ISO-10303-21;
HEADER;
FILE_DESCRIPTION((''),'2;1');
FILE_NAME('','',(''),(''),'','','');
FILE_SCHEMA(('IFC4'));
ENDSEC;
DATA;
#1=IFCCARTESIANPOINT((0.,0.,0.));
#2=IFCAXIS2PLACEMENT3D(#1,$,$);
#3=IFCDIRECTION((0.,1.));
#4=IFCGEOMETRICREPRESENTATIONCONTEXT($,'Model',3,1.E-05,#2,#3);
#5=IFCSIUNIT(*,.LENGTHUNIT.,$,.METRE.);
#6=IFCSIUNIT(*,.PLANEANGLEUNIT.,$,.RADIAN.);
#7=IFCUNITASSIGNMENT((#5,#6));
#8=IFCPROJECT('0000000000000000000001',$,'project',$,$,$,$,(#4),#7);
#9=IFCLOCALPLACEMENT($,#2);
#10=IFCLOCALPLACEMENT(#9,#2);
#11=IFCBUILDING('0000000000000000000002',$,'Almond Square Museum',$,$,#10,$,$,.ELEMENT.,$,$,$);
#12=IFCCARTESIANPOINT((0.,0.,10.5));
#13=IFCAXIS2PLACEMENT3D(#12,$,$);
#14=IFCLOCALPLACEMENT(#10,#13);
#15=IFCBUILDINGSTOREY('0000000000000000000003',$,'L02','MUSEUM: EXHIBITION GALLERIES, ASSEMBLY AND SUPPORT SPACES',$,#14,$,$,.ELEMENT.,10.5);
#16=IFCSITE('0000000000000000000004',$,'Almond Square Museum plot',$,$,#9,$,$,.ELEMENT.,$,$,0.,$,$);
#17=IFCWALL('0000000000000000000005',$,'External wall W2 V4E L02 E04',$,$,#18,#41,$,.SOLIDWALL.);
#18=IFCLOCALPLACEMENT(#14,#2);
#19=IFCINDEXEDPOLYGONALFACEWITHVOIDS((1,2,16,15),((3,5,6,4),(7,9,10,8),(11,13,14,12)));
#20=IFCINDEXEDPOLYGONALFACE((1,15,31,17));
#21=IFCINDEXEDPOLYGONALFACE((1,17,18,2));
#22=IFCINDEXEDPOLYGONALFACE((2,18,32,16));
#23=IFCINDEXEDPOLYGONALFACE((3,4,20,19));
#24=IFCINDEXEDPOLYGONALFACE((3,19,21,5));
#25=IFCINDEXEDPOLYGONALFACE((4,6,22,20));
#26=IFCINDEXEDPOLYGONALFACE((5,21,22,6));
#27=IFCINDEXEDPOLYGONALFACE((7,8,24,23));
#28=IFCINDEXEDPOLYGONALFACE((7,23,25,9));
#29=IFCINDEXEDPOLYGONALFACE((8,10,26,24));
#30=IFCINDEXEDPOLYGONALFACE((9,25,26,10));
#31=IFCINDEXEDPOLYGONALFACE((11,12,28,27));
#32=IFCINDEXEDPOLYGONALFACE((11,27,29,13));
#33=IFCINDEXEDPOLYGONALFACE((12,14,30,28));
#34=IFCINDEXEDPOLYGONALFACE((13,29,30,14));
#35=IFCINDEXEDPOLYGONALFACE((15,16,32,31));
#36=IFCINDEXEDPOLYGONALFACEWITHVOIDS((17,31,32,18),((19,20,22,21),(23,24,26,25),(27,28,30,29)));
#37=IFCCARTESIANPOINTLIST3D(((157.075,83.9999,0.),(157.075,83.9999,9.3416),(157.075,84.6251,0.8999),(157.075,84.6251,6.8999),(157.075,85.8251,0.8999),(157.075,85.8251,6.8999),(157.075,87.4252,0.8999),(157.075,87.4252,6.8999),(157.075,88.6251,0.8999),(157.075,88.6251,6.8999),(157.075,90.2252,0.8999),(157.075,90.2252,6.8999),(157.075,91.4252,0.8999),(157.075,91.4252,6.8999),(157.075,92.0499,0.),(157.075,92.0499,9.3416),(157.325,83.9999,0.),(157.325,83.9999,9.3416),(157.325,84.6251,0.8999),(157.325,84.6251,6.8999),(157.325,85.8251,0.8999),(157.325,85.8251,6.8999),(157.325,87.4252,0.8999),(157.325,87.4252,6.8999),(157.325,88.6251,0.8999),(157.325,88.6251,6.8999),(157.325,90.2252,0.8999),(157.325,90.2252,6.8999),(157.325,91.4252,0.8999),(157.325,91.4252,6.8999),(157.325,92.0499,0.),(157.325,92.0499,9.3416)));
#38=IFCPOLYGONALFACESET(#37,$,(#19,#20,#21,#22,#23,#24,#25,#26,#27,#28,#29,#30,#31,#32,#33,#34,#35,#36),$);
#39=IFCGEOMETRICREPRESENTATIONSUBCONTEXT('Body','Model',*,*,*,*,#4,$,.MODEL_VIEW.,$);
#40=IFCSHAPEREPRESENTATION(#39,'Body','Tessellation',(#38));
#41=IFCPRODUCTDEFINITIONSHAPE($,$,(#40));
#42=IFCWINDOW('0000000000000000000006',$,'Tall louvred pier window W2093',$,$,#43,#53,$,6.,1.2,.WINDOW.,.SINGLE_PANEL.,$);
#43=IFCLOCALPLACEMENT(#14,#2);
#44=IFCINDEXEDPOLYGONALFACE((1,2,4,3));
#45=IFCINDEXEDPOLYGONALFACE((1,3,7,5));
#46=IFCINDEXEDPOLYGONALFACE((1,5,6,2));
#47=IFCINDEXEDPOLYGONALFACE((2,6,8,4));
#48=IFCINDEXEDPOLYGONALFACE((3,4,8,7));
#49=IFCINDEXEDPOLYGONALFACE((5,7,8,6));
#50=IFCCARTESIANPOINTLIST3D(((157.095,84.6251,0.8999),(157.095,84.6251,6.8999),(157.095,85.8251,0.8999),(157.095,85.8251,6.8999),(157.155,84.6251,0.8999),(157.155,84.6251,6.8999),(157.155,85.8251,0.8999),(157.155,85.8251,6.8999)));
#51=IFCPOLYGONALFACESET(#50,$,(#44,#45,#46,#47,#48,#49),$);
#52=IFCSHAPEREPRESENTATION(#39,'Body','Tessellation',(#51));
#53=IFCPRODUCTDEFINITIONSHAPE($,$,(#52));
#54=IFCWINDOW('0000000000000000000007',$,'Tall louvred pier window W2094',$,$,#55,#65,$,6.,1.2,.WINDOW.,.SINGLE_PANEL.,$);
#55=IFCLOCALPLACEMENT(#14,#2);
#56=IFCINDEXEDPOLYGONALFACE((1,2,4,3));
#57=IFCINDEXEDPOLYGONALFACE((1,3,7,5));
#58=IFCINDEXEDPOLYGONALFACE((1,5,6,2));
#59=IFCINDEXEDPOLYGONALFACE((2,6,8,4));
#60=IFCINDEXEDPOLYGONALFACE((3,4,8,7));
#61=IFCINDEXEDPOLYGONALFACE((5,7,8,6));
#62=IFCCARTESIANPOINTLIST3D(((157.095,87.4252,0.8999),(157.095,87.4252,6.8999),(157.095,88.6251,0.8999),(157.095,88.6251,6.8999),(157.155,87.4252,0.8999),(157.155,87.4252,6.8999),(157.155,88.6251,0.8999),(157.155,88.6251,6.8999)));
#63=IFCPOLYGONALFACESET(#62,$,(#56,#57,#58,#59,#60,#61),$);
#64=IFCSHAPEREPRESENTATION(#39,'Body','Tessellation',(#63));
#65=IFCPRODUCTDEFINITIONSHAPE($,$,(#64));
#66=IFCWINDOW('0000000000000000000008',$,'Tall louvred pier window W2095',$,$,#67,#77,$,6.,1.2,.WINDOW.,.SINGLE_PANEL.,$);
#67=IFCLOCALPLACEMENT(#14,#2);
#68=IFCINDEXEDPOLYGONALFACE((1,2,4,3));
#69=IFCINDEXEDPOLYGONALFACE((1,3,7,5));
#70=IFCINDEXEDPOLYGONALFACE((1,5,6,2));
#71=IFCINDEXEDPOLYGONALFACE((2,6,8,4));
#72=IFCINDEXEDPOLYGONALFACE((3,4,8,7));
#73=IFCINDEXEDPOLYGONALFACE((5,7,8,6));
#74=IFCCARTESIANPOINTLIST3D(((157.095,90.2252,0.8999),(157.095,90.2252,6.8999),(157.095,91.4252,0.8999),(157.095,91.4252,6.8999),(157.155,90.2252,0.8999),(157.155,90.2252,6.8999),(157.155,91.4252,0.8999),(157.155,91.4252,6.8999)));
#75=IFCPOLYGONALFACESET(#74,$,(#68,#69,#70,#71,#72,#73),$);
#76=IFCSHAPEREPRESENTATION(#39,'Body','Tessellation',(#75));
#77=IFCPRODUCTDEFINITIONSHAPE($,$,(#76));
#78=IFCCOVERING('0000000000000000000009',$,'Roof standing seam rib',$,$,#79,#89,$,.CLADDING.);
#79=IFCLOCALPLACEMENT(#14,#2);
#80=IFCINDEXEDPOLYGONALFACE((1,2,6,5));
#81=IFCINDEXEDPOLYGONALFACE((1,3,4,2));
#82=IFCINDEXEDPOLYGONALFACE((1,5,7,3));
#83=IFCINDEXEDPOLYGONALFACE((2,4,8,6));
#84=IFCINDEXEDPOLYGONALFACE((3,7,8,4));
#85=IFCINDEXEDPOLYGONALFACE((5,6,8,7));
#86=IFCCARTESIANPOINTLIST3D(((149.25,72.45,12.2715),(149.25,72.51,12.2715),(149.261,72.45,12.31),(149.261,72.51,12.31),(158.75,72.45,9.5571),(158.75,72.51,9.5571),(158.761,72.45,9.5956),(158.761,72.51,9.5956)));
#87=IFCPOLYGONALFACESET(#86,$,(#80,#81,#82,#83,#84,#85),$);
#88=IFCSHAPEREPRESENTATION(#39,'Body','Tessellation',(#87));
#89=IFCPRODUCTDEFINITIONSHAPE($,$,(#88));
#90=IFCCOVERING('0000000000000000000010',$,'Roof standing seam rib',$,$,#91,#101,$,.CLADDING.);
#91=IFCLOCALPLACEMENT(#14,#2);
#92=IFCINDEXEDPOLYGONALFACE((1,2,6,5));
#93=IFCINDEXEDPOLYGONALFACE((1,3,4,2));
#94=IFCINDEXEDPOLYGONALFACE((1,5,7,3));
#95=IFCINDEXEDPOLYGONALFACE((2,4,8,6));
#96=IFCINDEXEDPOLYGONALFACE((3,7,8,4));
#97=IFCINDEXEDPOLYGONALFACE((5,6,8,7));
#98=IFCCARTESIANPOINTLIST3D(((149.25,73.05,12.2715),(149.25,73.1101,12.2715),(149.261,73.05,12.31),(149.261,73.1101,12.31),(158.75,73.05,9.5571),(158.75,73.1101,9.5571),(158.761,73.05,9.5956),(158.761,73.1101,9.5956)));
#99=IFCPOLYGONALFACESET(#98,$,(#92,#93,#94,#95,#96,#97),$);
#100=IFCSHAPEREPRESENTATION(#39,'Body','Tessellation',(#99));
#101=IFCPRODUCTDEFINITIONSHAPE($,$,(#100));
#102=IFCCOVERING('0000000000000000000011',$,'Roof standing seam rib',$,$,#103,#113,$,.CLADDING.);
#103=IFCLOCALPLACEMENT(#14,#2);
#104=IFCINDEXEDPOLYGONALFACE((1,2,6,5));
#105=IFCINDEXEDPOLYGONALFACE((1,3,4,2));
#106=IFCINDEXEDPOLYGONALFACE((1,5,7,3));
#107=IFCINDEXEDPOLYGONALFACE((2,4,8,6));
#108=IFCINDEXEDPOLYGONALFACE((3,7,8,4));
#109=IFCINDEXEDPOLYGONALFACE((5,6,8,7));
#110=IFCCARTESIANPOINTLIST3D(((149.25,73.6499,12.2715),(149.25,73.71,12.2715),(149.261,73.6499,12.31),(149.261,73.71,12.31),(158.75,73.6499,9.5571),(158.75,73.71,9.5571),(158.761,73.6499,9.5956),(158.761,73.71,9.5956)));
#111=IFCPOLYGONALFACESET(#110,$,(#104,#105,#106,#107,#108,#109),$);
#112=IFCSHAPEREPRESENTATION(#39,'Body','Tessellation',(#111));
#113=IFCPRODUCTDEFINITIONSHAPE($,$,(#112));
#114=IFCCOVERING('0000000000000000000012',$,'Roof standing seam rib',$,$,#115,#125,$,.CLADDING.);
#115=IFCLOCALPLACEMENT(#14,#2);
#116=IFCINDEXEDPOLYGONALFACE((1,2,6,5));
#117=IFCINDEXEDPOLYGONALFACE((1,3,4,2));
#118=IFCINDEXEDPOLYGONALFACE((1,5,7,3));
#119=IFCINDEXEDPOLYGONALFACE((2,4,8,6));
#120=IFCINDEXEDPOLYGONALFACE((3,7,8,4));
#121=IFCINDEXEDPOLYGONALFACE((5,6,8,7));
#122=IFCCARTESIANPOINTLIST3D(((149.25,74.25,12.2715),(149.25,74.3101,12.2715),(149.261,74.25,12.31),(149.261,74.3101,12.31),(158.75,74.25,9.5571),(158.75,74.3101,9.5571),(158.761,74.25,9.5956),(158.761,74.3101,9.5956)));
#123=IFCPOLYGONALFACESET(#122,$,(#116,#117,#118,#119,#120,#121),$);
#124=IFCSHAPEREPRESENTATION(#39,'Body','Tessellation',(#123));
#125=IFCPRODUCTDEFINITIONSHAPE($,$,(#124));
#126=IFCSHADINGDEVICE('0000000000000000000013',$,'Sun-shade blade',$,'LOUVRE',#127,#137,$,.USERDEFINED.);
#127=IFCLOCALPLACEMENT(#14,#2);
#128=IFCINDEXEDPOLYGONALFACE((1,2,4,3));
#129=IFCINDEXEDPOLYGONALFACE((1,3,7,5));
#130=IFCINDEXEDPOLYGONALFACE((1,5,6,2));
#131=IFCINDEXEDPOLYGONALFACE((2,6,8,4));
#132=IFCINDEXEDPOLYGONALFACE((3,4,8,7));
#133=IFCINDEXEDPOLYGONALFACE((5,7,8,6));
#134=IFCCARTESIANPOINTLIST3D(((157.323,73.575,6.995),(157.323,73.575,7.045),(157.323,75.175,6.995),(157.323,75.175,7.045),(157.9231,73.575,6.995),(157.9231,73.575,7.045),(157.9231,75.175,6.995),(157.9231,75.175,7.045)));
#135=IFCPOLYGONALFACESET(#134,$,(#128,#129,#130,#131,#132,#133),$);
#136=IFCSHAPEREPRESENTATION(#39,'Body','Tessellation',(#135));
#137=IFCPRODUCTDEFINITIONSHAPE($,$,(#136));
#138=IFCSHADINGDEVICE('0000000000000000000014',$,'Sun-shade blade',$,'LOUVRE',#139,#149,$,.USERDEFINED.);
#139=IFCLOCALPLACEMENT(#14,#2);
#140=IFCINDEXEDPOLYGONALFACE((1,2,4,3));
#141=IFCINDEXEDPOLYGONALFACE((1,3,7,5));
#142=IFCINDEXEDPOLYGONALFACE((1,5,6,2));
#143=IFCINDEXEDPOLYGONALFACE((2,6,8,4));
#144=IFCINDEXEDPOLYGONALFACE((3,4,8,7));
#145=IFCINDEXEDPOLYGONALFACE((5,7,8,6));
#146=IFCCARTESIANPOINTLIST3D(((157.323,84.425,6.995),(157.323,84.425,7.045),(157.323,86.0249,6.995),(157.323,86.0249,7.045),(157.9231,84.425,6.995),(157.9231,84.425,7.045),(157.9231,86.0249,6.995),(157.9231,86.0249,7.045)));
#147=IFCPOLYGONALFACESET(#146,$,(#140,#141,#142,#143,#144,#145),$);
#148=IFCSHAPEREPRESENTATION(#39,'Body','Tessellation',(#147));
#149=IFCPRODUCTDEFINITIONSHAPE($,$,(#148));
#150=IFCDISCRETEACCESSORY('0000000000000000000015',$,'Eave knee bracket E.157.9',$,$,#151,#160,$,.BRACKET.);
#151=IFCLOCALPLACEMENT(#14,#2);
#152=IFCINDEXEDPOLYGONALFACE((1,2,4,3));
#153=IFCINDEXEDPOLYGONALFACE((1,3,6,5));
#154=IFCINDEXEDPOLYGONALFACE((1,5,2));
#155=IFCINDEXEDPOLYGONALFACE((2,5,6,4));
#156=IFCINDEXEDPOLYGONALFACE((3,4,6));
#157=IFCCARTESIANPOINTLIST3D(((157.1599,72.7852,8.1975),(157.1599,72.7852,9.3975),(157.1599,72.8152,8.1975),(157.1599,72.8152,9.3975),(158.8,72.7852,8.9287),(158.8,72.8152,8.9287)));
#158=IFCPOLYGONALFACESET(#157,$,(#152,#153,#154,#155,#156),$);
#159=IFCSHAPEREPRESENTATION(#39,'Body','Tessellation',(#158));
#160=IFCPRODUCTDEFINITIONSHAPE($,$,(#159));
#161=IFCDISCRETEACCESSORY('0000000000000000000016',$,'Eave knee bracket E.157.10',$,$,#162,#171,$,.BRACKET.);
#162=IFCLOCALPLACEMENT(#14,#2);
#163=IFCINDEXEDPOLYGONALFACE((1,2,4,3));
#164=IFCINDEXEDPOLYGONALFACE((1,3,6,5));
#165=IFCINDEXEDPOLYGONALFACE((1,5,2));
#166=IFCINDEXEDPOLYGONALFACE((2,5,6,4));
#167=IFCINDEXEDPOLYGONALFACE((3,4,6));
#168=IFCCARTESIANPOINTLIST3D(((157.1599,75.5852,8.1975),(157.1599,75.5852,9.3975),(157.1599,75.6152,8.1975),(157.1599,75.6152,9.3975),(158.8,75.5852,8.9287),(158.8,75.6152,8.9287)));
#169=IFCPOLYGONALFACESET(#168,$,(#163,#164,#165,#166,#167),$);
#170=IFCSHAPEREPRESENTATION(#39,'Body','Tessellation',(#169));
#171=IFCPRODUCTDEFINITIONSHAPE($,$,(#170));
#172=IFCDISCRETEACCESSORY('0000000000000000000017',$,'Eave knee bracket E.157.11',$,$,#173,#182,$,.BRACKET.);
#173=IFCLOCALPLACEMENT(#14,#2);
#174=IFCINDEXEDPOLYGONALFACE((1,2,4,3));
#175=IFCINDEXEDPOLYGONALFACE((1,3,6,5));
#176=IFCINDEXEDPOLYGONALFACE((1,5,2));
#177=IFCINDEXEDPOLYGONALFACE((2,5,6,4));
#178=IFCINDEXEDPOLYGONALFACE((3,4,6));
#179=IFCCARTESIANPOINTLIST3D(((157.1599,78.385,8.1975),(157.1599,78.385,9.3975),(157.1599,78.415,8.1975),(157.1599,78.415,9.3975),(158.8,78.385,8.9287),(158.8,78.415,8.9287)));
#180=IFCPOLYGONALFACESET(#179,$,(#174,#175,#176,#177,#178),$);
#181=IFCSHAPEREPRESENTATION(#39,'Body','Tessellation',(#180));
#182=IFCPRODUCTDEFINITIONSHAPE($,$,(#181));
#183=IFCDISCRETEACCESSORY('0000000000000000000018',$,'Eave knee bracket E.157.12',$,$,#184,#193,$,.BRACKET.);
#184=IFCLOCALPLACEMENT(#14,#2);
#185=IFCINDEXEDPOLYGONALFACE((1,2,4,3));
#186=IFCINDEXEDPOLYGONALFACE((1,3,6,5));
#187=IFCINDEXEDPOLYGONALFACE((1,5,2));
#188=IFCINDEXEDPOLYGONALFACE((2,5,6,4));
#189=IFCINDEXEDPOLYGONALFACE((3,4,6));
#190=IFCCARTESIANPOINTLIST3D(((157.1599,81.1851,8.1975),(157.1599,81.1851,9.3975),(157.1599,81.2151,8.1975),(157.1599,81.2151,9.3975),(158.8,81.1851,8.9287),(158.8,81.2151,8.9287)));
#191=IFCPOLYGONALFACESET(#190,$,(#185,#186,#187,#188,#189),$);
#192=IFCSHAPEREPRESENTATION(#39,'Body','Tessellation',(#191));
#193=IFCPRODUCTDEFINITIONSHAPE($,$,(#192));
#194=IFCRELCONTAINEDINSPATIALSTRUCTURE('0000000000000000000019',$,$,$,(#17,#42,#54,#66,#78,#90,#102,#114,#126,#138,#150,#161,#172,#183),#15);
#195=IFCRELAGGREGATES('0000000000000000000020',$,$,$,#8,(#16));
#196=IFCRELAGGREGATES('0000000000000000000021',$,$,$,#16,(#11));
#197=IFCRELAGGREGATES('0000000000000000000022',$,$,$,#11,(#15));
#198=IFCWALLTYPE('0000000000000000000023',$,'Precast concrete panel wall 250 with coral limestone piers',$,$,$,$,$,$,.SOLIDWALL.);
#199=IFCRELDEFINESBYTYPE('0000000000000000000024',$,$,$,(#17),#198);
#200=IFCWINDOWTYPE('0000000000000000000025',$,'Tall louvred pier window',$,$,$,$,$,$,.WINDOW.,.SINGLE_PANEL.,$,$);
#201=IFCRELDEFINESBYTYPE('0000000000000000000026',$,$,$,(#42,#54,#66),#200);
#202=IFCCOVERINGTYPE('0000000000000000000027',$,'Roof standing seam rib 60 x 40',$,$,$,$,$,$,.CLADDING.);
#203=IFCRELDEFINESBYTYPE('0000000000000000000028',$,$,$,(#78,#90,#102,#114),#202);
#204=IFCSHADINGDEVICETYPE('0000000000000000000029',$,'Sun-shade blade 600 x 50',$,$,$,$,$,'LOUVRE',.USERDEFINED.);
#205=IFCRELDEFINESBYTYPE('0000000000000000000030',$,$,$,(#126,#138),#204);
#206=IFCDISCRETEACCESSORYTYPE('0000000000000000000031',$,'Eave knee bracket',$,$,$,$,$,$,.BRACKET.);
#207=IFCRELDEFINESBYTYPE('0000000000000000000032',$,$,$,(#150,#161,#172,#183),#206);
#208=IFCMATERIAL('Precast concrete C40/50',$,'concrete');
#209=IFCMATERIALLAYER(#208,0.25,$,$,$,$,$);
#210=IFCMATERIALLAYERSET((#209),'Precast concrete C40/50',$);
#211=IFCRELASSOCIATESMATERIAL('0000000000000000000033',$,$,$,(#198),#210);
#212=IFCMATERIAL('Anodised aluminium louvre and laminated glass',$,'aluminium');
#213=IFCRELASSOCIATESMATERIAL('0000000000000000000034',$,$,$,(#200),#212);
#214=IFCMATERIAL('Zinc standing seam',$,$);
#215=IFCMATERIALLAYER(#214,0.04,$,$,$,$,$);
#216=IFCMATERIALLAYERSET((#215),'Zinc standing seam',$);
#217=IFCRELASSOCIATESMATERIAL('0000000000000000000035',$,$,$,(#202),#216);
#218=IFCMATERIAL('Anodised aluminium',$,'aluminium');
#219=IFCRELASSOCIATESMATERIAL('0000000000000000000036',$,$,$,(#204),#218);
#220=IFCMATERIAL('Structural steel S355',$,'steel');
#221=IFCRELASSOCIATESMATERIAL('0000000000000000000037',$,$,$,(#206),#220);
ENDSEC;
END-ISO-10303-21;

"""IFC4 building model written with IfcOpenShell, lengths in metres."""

from ifc_helpers import new_model, si_unit, direction, frame, frame_2d, origin, origin_2d, place, context, subcontext, project, spatial, polyline, rectangle, outline, extrude, material, layer, layer_set, material_profile, profile_set, type_object, element, fill, save


model = new_model("IFC4")

# Units and contexts
model_context = context("Model", 3, precision=1e-05, world=origin(), true_north=direction((0.0, 1.0)))
body_context = subcontext(model_context, "Body", "Model", "MODEL_VIEW")
ifc_project = project(units=[si_unit("LENGTHUNIT", "METRE"), si_unit("PLANEANGLEUNIT", "RADIAN")], contexts=[model_context])

# Site, building, storey
site_placement = place(None, origin())
site = spatial("IfcSite", under=ifc_project, at=site_placement, Name="Almond Square Museum plot", CompositionType="ELEMENT", RefElevation=0.0)
building_placement = place(site_placement, origin())
building = spatial("IfcBuilding", under=site, at=building_placement, Name="Almond Square Museum", CompositionType="ELEMENT")
storey_placement = place(building_placement, frame((0.0, 0.0, 10.5)))
storey = spatial("IfcBuildingStorey", under=building, at=storey_placement, Name="L02", Description="MUSEUM: EXHIBITION GALLERIES, ASSEMBLY AND SUPPORT SPACES", CompositionType="ELEMENT", Elevation=10.5)

# Wall, openings, windows
ifc_material_1 = material(Name="Precast concrete C40/50", Category="concrete")
ifc_layer_1 = layer(ifc_material_1, 0.25)
ifc_layer_set_1 = layer_set([ifc_layer_1], Name="Precast concrete C40/50")
wall_type = type_object("IfcWallType", Name="Precast concrete panel wall 250 with coral limestone piers", PredefinedType="SOLIDWALL", material=ifc_layer_set_1)
wall_placement = place(storey_placement, frame((157.2, 84.0, 0.0), z_axis=(0.0, 0.0, 1.0), x_axis=(0.0, 1.0, 0.0)))
wall = element("IfcWall", 1, at=wall_placement, inside=storey, type_object=wall_type, Name="External wall W2 V4E L02 E04", PredefinedType="SOLIDWALL", context=body_context, shape_type="SweptSolid", body=[
    extrude(rectangle(XDim=8.05, YDim=0.25, at=frame_2d((4.0249, 0.0))), origin(), (0.0, 0.0, 1.0), 9.3416),
])
opening_1_placement = place(wall_placement, frame((0.625, 0.0, 0.8999)))
opening_1 = element("IfcOpeningElement", 2, at=opening_1_placement, cuts=wall, PredefinedType="OPENING", context=body_context, shape_type="SweptSolid", body=[
    extrude(rectangle(XDim=1.2, YDim=6.0, at=frame_2d((0.6001, 3.0))), frame((0.0, 0.135, 0.0), z_axis=(0.0, -1.0, 0.0), x_axis=(1.0, 0.0, 0.0)), (0.0, 0.0, 1.0), 0.27),
])
opening_2_placement = place(wall_placement, frame((3.425, 0.0, 0.8999)))
opening_2 = element("IfcOpeningElement", 3, at=opening_2_placement, cuts=wall, PredefinedType="OPENING", context=body_context, shape_type="SweptSolid", body=[
    extrude(rectangle(XDim=1.2, YDim=6.0, at=frame_2d((0.6001, 3.0))), frame((0.0, 0.135, 0.0), z_axis=(0.0, -1.0, 0.0), x_axis=(1.0, 0.0, 0.0)), (0.0, 0.0, 1.0), 0.27),
])
opening_3_placement = place(wall_placement, frame((6.2251, 0.0, 0.8999)))
opening_3 = element("IfcOpeningElement", 4, at=opening_3_placement, cuts=wall, PredefinedType="OPENING", context=body_context, shape_type="SweptSolid", body=[
    extrude(rectangle(XDim=1.2, YDim=6.0, at=frame_2d((0.6001, 3.0))), frame((0.0, 0.135, 0.0), z_axis=(0.0, -1.0, 0.0), x_axis=(1.0, 0.0, 0.0)), (0.0, 0.0, 1.0), 0.27),
])
ifc_material_2 = material(Name="Anodised aluminium louvre and laminated glass", Category="aluminium")
window_type = type_object("IfcWindowType", Name="Tall louvred pier window", PartitioningType="SINGLE_PANEL", PredefinedType="WINDOW", material=ifc_material_2)
window_1_placement = place(opening_1_placement, origin())
window_1 = element("IfcWindow", 5, at=window_1_placement, inside=storey, type_object=window_type, Name="Tall louvred pier window W2093", OverallHeight=6.0, OverallWidth=1.2, PartitioningType="SINGLE_PANEL", PredefinedType="WINDOW", context=body_context, shape_type="SweptSolid", body=[
    extrude(rectangle(XDim=1.2, YDim=6.0, at=frame_2d((0.6001, 3.0))), frame((0.0, 0.105, 0.0), z_axis=(0.0, -1.0, 0.0), x_axis=(1.0, 0.0, 0.0)), (0.0, 0.0, 1.0), 0.0601),
])
fill(opening_1, window_1)
window_2_placement = place(opening_2_placement, origin())
window_2 = element("IfcWindow", 6, at=window_2_placement, inside=storey, type_object=window_type, Name="Tall louvred pier window W2094", OverallHeight=6.0, OverallWidth=1.2, PartitioningType="SINGLE_PANEL", PredefinedType="WINDOW", context=body_context, shape_type="SweptSolid", body=[
    extrude(rectangle(XDim=1.2, YDim=6.0, at=frame_2d((0.6001, 3.0))), frame((0.0, 0.105, 0.0), z_axis=(0.0, -1.0, 0.0), x_axis=(1.0, 0.0, 0.0)), (0.0, 0.0, 1.0), 0.0601),
])
fill(opening_2, window_2)
window_3_placement = place(opening_3_placement, origin())
window_3 = element("IfcWindow", 7, at=window_3_placement, inside=storey, type_object=window_type, Name="Tall louvred pier window W2095", OverallHeight=6.0, OverallWidth=1.2, PartitioningType="SINGLE_PANEL", PredefinedType="WINDOW", context=body_context, shape_type="SweptSolid", body=[
    extrude(rectangle(XDim=1.2, YDim=6.0, at=frame_2d((0.6001, 3.0))), frame((0.0, 0.105, 0.0), z_axis=(0.0, -1.0, 0.0), x_axis=(1.0, 0.0, 0.0)), (0.0, 0.0, 1.0), 0.0601),
])
fill(opening_3, window_3)

# Coverings
ifc_material_3 = material(Name="Zinc standing seam")
ifc_layer_2 = layer(ifc_material_3, 0.04)
ifc_layer_set_2 = layer_set([ifc_layer_2], Name="Zinc standing seam")
covering_type = type_object("IfcCoveringType", Name="Roof standing seam rib 60 x 40", PredefinedType="CLADDING", material=ifc_layer_set_2)
for number, where, z_axis, x_axis, name in (
    (8, (158.75, 72.51, 9.5571), (0.274728, 0.0, 0.961522), (-0.961522, 0.0, 0.274728), "Roof standing seam rib"),
    (9, (158.75, 73.1101, 9.5571), (0.274728, 0.0, 0.961522), (-0.961522, 0.0, 0.274728), "Roof standing seam rib"),
    (10, (158.75, 73.71, 9.5571), (0.274728, 0.0, 0.961522), (-0.961522, 0.0, 0.274728), "Roof standing seam rib"),
    (11, (158.75, 74.3101, 9.5571), (0.274728, 0.0, 0.961522), (-0.961522, 0.0, 0.274728), "Roof standing seam rib"),
):
    element("IfcCovering", number, at=place(storey_placement, frame(where, z_axis=z_axis, x_axis=x_axis)), inside=storey, type_object=covering_type, Name=name, PredefinedType="CLADDING", context=body_context, shape_type="SweptSolid", body=[
        extrude(outline(polyline([(0.0, 0.0), (9.8802, 0.0), (9.8802, 0.0601), (0.0, 0.0601), (0.0, 0.0)])), origin(), (0.0, 0.0, 1.0), 0.04),
    ])

# Shading devices
ifc_material_4 = material(Name="Anodised aluminium", Category="aluminium")
ifc_material_profile = material_profile(ifc_material_4, rectangle(XDim=0.6001, YDim=0.05, at=origin_2d()))
ifc_profile_set = profile_set([ifc_material_profile], Name="Anodised aluminium")
shading_device_type = type_object("IfcShadingDeviceType", Name="Sun-shade blade 600 x 50", ElementType="LOUVRE", PredefinedType="USERDEFINED", material=ifc_profile_set)
shading_device_1_placement = place(storey_placement, frame((157.623, 73.575, 7.02), z_axis=(0.0, 1.0, 0.0), x_axis=(-1.0, 0.0, 0.0)))
element("IfcShadingDevice", 12, at=shading_device_1_placement, inside=storey, type_object=shading_device_type, Name="Sun-shade blade", ObjectType="LOUVRE", PredefinedType="USERDEFINED", context=body_context, shape_type="SweptSolid", body=[
    extrude(rectangle(XDim=0.6001, YDim=0.05, at=origin_2d()), origin(), (0.0, 0.0, 1.0), 1.6001),
])
shading_device_2_placement = place(storey_placement, frame((157.623, 84.425, 7.02), z_axis=(0.0, 1.0, 0.0), x_axis=(-1.0, 0.0, 0.0)))
element("IfcShadingDevice", 13, at=shading_device_2_placement, inside=storey, type_object=shading_device_type, Name="Sun-shade blade", ObjectType="LOUVRE", PredefinedType="USERDEFINED", context=body_context, shape_type="SweptSolid", body=[
    extrude(rectangle(XDim=0.6001, YDim=0.05, at=origin_2d()), origin(), (0.0, 0.0, 1.0), 1.5999),
])

# Discrete accessories
ifc_material_5 = material(Name="Structural steel S355", Category="steel")
discrete_accessory_type_1 = type_object("IfcDiscreteAccessoryType", Name="Eave knee bracket", PredefinedType="BRACKET", material=ifc_material_5)
for number, where, z_axis, x_axis, name in (
    (14, (157.1599, 72.8, 9.3975), (0.0, -1.0, 0.0), (0.0, 0.0, -1.0), "Eave knee bracket E.157.9"),
    (15, (157.1599, 75.6001, 9.3975), (0.0, -1.0, 0.0), (0.0, 0.0, -1.0), "Eave knee bracket E.157.10"),
    (16, (157.1599, 78.3999, 9.3975), (0.0, -1.0, 0.0), (0.0, 0.0, -1.0), "Eave knee bracket E.157.11"),
    (17, (157.1599, 81.2, 9.3975), (0.0, -1.0, 0.0), (0.0, 0.0, -1.0), "Eave knee bracket E.157.12"),
):
    element("IfcDiscreteAccessory", number, at=place(storey_placement, frame(where, z_axis=z_axis, x_axis=x_axis)), inside=storey, type_object=discrete_accessory_type_1, Name=name, PredefinedType="BRACKET", context=body_context, shape_type="SweptSolid", body=[
        extrude(outline(polyline([(0.0, 0.0), (1.2, 0.0), (0.4688, 1.6401), (0.0, 0.0)])), frame((0.0, 0.0, -0.0151)), (0.0, 0.0, 1.0), 0.03),
    ])

save(model, "model.ifc")
